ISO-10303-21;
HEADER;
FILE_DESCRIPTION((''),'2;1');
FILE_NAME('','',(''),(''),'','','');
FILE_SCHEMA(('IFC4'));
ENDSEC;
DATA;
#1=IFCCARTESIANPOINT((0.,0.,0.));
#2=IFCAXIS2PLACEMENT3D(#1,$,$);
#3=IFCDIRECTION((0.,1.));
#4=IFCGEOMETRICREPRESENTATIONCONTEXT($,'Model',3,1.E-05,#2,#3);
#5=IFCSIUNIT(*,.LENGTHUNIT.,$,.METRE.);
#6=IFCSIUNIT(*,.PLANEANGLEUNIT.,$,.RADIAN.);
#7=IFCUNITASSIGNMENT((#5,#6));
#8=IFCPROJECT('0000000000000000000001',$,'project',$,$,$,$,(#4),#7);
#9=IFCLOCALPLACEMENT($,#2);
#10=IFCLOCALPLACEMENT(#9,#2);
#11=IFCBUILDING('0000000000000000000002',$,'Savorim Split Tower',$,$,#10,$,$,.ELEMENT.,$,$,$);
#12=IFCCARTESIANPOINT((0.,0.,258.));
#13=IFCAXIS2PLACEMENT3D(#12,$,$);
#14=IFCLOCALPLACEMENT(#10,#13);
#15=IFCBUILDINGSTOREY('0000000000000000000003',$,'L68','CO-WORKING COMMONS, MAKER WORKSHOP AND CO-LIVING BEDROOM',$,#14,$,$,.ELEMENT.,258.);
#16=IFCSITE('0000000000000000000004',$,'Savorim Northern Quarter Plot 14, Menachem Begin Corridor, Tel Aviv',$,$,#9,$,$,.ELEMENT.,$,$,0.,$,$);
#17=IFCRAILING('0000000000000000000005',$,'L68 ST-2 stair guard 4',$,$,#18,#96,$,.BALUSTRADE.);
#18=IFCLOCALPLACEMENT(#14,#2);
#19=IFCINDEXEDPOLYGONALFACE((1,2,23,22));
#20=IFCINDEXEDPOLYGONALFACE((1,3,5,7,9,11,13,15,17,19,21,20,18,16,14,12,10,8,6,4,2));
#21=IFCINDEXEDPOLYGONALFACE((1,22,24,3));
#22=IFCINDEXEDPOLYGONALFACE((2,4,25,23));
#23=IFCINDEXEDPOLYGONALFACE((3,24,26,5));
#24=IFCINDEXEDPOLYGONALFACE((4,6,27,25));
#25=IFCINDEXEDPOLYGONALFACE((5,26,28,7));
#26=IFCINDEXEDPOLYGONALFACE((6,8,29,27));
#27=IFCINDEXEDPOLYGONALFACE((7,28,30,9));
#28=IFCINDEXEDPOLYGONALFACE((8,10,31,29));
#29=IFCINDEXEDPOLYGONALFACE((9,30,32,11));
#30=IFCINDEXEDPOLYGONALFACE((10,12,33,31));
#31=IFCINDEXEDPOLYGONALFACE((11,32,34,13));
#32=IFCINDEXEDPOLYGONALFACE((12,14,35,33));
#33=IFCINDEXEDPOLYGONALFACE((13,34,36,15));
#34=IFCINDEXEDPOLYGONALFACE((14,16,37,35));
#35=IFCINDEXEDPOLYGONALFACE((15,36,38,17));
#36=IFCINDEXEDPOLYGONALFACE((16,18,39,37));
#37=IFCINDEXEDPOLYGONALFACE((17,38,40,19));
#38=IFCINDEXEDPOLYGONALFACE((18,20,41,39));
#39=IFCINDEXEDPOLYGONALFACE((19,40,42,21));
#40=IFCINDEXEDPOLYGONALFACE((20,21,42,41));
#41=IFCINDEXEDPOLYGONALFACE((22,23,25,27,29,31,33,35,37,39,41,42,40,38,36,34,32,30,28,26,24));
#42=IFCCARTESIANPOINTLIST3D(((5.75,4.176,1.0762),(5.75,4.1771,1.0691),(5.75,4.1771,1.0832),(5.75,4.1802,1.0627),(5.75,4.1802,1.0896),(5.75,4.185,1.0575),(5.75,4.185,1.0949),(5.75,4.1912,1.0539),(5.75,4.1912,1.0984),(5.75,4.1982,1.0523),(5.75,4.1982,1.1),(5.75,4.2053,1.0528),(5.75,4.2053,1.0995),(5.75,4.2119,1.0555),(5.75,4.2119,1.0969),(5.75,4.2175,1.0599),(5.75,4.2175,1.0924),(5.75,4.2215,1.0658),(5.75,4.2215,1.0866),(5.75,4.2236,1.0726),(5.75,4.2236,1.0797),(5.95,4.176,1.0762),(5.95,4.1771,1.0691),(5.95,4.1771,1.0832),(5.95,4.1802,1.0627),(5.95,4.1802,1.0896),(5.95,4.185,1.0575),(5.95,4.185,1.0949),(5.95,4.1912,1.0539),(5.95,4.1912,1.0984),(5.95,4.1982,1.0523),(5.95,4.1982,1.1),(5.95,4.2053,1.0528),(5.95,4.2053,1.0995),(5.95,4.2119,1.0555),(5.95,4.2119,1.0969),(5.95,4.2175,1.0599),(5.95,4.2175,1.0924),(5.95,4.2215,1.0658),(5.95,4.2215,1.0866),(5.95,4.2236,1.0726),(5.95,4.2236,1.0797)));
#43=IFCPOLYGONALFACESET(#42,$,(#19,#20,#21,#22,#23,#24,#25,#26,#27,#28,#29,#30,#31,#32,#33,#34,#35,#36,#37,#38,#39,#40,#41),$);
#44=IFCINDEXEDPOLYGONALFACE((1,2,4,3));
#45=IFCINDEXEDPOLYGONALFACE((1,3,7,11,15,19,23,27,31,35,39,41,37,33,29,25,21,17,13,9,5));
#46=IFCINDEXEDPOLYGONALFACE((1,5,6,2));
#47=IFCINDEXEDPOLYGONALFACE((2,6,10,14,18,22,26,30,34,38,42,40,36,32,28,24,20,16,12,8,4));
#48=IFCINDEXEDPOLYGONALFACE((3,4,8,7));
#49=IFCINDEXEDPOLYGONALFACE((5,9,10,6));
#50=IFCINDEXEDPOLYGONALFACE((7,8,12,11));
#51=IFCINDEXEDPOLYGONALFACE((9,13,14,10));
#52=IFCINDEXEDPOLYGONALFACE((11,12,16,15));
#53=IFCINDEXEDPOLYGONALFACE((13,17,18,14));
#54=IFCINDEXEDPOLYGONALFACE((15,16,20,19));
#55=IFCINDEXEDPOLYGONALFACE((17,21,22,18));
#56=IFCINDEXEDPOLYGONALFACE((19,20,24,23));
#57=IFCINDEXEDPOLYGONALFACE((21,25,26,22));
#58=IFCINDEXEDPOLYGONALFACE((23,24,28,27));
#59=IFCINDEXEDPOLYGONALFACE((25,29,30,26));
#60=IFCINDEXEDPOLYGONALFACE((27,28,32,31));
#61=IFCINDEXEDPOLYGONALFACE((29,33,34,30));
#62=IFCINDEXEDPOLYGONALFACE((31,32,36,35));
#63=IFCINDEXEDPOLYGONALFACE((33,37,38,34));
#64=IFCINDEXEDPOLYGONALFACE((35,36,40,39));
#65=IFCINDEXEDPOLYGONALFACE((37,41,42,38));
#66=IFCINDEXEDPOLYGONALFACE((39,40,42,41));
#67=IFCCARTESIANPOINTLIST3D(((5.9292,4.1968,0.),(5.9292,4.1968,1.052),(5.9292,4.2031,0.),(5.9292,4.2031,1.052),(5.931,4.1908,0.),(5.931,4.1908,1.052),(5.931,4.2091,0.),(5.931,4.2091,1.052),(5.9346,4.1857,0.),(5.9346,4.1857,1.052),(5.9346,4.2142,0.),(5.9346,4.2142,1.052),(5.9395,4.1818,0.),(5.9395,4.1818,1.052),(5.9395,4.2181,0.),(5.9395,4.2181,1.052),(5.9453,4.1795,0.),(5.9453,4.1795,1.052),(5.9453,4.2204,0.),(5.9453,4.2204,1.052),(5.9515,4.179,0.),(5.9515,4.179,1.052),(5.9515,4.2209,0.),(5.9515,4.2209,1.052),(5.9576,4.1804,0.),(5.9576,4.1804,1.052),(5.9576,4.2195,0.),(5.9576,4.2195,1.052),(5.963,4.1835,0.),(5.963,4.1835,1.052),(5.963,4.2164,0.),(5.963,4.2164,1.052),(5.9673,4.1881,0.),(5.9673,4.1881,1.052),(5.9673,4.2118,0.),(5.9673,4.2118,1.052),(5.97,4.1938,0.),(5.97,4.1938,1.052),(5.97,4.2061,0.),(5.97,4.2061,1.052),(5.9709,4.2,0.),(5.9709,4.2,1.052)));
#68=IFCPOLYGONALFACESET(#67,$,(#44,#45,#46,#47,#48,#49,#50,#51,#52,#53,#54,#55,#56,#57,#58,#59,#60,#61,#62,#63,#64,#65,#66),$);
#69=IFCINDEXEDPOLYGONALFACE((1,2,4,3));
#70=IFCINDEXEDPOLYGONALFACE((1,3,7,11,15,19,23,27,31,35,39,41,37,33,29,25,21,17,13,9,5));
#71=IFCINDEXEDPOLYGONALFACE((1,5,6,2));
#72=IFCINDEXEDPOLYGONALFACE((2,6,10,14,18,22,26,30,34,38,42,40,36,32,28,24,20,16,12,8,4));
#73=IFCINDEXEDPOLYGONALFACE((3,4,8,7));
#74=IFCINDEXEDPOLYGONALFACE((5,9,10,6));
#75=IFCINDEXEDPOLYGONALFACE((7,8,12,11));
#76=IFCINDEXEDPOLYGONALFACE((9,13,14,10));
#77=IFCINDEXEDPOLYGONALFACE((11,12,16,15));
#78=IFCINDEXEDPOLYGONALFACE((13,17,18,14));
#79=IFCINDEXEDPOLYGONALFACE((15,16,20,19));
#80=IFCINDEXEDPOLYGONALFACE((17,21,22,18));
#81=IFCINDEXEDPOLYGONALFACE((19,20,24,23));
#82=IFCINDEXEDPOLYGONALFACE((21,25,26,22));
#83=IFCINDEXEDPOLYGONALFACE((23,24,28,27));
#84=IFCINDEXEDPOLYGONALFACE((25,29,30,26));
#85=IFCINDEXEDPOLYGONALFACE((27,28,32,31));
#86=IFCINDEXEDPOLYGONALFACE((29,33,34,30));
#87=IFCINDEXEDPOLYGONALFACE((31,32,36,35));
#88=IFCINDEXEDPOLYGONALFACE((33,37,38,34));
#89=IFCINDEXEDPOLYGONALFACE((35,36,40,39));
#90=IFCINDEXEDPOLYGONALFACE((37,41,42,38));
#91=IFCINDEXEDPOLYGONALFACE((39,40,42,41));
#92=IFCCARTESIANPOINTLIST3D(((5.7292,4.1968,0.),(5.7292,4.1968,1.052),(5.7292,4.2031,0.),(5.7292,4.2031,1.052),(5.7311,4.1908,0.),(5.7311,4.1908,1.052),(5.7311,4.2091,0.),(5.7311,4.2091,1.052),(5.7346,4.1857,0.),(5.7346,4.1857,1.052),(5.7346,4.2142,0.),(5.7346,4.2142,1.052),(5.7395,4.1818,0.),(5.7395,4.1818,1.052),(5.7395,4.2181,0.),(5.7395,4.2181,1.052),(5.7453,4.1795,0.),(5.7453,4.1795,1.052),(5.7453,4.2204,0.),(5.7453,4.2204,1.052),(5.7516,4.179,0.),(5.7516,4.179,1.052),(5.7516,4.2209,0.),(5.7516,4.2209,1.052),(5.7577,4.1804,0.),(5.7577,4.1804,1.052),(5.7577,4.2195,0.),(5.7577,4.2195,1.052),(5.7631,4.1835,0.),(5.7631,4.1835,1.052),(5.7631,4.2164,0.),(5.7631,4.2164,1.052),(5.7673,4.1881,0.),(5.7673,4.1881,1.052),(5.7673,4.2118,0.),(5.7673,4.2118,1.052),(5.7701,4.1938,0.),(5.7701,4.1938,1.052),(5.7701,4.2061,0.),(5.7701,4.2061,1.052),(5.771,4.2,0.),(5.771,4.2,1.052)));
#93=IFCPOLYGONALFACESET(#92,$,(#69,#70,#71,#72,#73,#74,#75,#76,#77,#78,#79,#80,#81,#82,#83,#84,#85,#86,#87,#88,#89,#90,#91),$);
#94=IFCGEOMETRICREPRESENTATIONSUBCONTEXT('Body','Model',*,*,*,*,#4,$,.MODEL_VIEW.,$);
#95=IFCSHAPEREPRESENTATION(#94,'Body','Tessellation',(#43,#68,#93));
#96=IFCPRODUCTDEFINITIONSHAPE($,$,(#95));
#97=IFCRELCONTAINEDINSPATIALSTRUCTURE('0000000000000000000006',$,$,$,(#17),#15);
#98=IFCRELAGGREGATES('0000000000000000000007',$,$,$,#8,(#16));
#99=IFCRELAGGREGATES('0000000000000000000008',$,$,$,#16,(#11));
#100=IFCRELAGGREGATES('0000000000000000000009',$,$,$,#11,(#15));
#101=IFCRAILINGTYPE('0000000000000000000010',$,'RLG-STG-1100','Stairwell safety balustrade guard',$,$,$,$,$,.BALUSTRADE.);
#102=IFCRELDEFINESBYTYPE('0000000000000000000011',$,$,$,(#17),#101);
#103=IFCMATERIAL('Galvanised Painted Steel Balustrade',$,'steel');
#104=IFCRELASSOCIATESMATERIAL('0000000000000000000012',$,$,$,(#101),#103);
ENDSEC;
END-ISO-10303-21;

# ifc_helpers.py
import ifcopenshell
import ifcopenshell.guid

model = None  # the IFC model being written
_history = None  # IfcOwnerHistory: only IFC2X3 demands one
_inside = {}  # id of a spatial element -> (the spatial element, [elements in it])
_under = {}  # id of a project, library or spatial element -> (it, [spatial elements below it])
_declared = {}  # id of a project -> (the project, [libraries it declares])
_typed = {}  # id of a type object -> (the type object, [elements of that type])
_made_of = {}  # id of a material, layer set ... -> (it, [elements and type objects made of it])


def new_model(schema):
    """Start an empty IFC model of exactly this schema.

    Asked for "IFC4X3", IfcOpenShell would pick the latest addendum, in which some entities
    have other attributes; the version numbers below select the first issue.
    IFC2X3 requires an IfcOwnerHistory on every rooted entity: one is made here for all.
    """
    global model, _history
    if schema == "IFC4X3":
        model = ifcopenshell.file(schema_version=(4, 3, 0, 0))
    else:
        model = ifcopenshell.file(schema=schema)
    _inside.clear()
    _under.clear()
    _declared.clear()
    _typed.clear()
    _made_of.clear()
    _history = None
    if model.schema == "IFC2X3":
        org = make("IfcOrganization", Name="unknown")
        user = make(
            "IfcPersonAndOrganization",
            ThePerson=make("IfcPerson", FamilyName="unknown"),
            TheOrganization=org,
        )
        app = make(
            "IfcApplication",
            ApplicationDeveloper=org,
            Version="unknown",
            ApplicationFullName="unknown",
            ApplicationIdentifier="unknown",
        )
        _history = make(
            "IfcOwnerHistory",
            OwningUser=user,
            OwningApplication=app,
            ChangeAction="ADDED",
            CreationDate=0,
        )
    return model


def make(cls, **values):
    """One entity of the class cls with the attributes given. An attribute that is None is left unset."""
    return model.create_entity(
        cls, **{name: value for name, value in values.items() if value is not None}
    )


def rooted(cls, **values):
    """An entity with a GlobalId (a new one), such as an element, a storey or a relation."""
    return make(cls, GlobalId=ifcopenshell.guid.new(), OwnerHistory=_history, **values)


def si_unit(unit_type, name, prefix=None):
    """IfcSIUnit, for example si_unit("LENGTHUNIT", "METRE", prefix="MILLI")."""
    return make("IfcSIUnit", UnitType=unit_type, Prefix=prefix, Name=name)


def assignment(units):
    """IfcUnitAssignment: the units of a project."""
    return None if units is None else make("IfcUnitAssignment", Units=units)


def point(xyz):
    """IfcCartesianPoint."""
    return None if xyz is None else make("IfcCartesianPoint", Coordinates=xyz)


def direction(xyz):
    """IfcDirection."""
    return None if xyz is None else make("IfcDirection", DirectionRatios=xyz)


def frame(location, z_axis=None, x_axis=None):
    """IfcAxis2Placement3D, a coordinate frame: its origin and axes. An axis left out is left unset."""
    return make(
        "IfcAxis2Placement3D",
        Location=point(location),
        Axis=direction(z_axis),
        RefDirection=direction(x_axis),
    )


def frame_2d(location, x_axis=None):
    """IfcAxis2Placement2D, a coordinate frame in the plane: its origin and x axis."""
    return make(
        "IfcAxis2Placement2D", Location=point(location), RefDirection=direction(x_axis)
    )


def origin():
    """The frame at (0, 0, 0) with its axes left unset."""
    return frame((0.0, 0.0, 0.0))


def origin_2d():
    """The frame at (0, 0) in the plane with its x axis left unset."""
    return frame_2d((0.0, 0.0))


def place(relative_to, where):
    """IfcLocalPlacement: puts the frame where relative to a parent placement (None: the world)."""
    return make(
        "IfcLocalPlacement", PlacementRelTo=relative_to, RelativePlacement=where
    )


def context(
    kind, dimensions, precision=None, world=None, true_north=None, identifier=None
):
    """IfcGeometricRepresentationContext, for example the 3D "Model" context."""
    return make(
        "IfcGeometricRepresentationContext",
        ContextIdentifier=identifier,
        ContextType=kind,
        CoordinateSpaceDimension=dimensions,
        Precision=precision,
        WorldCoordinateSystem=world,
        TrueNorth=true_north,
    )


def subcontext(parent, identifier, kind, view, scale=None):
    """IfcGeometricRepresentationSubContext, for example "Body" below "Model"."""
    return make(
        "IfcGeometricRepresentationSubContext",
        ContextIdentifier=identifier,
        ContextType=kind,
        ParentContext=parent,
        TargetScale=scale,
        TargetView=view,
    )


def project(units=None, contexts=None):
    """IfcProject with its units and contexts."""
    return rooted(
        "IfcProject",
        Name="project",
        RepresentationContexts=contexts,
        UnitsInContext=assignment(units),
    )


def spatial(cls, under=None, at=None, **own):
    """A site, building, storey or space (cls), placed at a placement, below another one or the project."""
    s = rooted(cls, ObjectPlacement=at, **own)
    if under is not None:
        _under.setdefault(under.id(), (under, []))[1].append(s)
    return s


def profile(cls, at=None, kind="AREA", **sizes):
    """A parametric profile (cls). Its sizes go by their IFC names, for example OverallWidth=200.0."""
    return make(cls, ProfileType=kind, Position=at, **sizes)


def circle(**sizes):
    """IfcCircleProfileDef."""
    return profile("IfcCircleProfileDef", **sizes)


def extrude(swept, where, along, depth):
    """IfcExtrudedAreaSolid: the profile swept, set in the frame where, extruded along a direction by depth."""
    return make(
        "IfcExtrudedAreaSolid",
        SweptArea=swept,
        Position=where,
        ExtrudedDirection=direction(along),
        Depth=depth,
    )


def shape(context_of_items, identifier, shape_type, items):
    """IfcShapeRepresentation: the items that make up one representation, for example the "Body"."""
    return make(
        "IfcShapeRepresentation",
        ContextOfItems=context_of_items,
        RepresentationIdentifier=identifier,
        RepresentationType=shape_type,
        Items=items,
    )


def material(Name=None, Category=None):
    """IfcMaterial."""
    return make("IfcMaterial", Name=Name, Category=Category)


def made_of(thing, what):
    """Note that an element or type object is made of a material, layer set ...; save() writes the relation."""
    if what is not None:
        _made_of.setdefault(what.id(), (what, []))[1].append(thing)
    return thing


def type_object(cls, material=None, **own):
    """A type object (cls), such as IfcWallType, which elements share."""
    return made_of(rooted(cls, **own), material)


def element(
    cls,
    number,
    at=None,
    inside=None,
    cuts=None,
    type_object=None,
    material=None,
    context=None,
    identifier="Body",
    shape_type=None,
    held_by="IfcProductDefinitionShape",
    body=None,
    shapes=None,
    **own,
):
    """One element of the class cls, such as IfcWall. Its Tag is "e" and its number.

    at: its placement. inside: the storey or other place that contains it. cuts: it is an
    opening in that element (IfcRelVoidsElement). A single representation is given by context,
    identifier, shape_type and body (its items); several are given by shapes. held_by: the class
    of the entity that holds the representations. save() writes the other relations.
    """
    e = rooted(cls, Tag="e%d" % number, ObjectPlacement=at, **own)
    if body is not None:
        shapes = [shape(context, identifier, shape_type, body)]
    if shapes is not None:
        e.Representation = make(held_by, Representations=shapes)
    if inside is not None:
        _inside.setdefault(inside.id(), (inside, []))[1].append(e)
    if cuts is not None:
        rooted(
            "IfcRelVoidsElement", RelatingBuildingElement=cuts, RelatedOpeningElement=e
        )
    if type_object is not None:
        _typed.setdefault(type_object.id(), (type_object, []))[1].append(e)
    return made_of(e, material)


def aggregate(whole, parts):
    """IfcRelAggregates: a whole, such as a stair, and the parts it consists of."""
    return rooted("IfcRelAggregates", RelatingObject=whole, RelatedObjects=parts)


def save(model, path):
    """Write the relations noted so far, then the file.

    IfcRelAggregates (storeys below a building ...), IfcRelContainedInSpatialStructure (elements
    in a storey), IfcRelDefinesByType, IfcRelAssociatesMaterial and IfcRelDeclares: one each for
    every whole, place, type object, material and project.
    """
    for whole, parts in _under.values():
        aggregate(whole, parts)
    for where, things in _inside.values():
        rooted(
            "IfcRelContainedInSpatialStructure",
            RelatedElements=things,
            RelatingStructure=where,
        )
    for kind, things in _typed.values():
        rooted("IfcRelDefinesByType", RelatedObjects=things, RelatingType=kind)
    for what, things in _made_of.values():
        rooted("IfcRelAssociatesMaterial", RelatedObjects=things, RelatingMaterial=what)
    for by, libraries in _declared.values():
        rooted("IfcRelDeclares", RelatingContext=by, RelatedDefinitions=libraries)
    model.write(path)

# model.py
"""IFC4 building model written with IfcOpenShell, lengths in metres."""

from ifc_helpers import new_model, si_unit, direction, frame, origin, origin_2d, place, context, subcontext, project, spatial, circle, extrude, material, type_object, element, save


model = new_model("IFC4")

# Units and contexts
model_context = context("Model", 3, precision=1e-05, world=origin(), true_north=direction((0.0, 1.0)))
body_context = subcontext(model_context, "Body", "Model", "MODEL_VIEW")
ifc_project = project(units=[si_unit("LENGTHUNIT", "METRE"), si_unit("PLANEANGLEUNIT", "RADIAN")], contexts=[model_context])

# Site, building, storey
site_placement = place(None, origin())
site = spatial("IfcSite", under=ifc_project, at=site_placement, Name="Savorim Northern Quarter Plot 14, Menachem Begin Corridor, Tel Aviv", CompositionType="ELEMENT", RefElevation=0.0)
building_placement = place(site_placement, origin())
building = spatial("IfcBuilding", under=site, at=building_placement, Name="Savorim Split Tower", CompositionType="ELEMENT")
storey_placement = place(building_placement, frame((0.0, 0.0, 258.0)))
storey = spatial("IfcBuildingStorey", under=building, at=storey_placement, Name="L68", Description="CO-WORKING COMMONS, MAKER WORKSHOP AND CO-LIVING BEDROOM", CompositionType="ELEMENT", Elevation=258.0)

# Railing
ifc_material_1 = material(Name="Galvanised Painted Steel Balustrade", Category="steel")
railing_type_1 = type_object("IfcRailingType", Name="RLG-STG-1100", Description="Stairwell safety balustrade guard", PredefinedType="BALUSTRADE", material=ifc_material_1)
railing_1_placement = place(storey_placement, frame((5.95, 4.2, 0.0)))
element("IfcRailing", 1, at=railing_1_placement, inside=storey, type_object=railing_type_1, Name="L68 ST-2 stair guard 4", PredefinedType="BALUSTRADE", context=body_context, shape_type="SweptSolid", body=[
    extrude(circle(Radius=0.0239, at=origin_2d()), frame((0.0, 0.0, 1.0762), z_axis=(-1.0, 0.0, 0.0), x_axis=(0.0, -1.0, 0.0)), (0.0, 0.0, 1.0), 0.2),
    extrude(circle(Radius=0.021, at=origin_2d()), origin(), (0.0, 0.0, 1.0), 1.052),
    extrude(circle(Radius=0.021, at=origin_2d()), frame((-0.2, 0.0, 0.0)), (0.0, 0.0, 1.0), 1.052),
])

save(model, "model.ifc")
